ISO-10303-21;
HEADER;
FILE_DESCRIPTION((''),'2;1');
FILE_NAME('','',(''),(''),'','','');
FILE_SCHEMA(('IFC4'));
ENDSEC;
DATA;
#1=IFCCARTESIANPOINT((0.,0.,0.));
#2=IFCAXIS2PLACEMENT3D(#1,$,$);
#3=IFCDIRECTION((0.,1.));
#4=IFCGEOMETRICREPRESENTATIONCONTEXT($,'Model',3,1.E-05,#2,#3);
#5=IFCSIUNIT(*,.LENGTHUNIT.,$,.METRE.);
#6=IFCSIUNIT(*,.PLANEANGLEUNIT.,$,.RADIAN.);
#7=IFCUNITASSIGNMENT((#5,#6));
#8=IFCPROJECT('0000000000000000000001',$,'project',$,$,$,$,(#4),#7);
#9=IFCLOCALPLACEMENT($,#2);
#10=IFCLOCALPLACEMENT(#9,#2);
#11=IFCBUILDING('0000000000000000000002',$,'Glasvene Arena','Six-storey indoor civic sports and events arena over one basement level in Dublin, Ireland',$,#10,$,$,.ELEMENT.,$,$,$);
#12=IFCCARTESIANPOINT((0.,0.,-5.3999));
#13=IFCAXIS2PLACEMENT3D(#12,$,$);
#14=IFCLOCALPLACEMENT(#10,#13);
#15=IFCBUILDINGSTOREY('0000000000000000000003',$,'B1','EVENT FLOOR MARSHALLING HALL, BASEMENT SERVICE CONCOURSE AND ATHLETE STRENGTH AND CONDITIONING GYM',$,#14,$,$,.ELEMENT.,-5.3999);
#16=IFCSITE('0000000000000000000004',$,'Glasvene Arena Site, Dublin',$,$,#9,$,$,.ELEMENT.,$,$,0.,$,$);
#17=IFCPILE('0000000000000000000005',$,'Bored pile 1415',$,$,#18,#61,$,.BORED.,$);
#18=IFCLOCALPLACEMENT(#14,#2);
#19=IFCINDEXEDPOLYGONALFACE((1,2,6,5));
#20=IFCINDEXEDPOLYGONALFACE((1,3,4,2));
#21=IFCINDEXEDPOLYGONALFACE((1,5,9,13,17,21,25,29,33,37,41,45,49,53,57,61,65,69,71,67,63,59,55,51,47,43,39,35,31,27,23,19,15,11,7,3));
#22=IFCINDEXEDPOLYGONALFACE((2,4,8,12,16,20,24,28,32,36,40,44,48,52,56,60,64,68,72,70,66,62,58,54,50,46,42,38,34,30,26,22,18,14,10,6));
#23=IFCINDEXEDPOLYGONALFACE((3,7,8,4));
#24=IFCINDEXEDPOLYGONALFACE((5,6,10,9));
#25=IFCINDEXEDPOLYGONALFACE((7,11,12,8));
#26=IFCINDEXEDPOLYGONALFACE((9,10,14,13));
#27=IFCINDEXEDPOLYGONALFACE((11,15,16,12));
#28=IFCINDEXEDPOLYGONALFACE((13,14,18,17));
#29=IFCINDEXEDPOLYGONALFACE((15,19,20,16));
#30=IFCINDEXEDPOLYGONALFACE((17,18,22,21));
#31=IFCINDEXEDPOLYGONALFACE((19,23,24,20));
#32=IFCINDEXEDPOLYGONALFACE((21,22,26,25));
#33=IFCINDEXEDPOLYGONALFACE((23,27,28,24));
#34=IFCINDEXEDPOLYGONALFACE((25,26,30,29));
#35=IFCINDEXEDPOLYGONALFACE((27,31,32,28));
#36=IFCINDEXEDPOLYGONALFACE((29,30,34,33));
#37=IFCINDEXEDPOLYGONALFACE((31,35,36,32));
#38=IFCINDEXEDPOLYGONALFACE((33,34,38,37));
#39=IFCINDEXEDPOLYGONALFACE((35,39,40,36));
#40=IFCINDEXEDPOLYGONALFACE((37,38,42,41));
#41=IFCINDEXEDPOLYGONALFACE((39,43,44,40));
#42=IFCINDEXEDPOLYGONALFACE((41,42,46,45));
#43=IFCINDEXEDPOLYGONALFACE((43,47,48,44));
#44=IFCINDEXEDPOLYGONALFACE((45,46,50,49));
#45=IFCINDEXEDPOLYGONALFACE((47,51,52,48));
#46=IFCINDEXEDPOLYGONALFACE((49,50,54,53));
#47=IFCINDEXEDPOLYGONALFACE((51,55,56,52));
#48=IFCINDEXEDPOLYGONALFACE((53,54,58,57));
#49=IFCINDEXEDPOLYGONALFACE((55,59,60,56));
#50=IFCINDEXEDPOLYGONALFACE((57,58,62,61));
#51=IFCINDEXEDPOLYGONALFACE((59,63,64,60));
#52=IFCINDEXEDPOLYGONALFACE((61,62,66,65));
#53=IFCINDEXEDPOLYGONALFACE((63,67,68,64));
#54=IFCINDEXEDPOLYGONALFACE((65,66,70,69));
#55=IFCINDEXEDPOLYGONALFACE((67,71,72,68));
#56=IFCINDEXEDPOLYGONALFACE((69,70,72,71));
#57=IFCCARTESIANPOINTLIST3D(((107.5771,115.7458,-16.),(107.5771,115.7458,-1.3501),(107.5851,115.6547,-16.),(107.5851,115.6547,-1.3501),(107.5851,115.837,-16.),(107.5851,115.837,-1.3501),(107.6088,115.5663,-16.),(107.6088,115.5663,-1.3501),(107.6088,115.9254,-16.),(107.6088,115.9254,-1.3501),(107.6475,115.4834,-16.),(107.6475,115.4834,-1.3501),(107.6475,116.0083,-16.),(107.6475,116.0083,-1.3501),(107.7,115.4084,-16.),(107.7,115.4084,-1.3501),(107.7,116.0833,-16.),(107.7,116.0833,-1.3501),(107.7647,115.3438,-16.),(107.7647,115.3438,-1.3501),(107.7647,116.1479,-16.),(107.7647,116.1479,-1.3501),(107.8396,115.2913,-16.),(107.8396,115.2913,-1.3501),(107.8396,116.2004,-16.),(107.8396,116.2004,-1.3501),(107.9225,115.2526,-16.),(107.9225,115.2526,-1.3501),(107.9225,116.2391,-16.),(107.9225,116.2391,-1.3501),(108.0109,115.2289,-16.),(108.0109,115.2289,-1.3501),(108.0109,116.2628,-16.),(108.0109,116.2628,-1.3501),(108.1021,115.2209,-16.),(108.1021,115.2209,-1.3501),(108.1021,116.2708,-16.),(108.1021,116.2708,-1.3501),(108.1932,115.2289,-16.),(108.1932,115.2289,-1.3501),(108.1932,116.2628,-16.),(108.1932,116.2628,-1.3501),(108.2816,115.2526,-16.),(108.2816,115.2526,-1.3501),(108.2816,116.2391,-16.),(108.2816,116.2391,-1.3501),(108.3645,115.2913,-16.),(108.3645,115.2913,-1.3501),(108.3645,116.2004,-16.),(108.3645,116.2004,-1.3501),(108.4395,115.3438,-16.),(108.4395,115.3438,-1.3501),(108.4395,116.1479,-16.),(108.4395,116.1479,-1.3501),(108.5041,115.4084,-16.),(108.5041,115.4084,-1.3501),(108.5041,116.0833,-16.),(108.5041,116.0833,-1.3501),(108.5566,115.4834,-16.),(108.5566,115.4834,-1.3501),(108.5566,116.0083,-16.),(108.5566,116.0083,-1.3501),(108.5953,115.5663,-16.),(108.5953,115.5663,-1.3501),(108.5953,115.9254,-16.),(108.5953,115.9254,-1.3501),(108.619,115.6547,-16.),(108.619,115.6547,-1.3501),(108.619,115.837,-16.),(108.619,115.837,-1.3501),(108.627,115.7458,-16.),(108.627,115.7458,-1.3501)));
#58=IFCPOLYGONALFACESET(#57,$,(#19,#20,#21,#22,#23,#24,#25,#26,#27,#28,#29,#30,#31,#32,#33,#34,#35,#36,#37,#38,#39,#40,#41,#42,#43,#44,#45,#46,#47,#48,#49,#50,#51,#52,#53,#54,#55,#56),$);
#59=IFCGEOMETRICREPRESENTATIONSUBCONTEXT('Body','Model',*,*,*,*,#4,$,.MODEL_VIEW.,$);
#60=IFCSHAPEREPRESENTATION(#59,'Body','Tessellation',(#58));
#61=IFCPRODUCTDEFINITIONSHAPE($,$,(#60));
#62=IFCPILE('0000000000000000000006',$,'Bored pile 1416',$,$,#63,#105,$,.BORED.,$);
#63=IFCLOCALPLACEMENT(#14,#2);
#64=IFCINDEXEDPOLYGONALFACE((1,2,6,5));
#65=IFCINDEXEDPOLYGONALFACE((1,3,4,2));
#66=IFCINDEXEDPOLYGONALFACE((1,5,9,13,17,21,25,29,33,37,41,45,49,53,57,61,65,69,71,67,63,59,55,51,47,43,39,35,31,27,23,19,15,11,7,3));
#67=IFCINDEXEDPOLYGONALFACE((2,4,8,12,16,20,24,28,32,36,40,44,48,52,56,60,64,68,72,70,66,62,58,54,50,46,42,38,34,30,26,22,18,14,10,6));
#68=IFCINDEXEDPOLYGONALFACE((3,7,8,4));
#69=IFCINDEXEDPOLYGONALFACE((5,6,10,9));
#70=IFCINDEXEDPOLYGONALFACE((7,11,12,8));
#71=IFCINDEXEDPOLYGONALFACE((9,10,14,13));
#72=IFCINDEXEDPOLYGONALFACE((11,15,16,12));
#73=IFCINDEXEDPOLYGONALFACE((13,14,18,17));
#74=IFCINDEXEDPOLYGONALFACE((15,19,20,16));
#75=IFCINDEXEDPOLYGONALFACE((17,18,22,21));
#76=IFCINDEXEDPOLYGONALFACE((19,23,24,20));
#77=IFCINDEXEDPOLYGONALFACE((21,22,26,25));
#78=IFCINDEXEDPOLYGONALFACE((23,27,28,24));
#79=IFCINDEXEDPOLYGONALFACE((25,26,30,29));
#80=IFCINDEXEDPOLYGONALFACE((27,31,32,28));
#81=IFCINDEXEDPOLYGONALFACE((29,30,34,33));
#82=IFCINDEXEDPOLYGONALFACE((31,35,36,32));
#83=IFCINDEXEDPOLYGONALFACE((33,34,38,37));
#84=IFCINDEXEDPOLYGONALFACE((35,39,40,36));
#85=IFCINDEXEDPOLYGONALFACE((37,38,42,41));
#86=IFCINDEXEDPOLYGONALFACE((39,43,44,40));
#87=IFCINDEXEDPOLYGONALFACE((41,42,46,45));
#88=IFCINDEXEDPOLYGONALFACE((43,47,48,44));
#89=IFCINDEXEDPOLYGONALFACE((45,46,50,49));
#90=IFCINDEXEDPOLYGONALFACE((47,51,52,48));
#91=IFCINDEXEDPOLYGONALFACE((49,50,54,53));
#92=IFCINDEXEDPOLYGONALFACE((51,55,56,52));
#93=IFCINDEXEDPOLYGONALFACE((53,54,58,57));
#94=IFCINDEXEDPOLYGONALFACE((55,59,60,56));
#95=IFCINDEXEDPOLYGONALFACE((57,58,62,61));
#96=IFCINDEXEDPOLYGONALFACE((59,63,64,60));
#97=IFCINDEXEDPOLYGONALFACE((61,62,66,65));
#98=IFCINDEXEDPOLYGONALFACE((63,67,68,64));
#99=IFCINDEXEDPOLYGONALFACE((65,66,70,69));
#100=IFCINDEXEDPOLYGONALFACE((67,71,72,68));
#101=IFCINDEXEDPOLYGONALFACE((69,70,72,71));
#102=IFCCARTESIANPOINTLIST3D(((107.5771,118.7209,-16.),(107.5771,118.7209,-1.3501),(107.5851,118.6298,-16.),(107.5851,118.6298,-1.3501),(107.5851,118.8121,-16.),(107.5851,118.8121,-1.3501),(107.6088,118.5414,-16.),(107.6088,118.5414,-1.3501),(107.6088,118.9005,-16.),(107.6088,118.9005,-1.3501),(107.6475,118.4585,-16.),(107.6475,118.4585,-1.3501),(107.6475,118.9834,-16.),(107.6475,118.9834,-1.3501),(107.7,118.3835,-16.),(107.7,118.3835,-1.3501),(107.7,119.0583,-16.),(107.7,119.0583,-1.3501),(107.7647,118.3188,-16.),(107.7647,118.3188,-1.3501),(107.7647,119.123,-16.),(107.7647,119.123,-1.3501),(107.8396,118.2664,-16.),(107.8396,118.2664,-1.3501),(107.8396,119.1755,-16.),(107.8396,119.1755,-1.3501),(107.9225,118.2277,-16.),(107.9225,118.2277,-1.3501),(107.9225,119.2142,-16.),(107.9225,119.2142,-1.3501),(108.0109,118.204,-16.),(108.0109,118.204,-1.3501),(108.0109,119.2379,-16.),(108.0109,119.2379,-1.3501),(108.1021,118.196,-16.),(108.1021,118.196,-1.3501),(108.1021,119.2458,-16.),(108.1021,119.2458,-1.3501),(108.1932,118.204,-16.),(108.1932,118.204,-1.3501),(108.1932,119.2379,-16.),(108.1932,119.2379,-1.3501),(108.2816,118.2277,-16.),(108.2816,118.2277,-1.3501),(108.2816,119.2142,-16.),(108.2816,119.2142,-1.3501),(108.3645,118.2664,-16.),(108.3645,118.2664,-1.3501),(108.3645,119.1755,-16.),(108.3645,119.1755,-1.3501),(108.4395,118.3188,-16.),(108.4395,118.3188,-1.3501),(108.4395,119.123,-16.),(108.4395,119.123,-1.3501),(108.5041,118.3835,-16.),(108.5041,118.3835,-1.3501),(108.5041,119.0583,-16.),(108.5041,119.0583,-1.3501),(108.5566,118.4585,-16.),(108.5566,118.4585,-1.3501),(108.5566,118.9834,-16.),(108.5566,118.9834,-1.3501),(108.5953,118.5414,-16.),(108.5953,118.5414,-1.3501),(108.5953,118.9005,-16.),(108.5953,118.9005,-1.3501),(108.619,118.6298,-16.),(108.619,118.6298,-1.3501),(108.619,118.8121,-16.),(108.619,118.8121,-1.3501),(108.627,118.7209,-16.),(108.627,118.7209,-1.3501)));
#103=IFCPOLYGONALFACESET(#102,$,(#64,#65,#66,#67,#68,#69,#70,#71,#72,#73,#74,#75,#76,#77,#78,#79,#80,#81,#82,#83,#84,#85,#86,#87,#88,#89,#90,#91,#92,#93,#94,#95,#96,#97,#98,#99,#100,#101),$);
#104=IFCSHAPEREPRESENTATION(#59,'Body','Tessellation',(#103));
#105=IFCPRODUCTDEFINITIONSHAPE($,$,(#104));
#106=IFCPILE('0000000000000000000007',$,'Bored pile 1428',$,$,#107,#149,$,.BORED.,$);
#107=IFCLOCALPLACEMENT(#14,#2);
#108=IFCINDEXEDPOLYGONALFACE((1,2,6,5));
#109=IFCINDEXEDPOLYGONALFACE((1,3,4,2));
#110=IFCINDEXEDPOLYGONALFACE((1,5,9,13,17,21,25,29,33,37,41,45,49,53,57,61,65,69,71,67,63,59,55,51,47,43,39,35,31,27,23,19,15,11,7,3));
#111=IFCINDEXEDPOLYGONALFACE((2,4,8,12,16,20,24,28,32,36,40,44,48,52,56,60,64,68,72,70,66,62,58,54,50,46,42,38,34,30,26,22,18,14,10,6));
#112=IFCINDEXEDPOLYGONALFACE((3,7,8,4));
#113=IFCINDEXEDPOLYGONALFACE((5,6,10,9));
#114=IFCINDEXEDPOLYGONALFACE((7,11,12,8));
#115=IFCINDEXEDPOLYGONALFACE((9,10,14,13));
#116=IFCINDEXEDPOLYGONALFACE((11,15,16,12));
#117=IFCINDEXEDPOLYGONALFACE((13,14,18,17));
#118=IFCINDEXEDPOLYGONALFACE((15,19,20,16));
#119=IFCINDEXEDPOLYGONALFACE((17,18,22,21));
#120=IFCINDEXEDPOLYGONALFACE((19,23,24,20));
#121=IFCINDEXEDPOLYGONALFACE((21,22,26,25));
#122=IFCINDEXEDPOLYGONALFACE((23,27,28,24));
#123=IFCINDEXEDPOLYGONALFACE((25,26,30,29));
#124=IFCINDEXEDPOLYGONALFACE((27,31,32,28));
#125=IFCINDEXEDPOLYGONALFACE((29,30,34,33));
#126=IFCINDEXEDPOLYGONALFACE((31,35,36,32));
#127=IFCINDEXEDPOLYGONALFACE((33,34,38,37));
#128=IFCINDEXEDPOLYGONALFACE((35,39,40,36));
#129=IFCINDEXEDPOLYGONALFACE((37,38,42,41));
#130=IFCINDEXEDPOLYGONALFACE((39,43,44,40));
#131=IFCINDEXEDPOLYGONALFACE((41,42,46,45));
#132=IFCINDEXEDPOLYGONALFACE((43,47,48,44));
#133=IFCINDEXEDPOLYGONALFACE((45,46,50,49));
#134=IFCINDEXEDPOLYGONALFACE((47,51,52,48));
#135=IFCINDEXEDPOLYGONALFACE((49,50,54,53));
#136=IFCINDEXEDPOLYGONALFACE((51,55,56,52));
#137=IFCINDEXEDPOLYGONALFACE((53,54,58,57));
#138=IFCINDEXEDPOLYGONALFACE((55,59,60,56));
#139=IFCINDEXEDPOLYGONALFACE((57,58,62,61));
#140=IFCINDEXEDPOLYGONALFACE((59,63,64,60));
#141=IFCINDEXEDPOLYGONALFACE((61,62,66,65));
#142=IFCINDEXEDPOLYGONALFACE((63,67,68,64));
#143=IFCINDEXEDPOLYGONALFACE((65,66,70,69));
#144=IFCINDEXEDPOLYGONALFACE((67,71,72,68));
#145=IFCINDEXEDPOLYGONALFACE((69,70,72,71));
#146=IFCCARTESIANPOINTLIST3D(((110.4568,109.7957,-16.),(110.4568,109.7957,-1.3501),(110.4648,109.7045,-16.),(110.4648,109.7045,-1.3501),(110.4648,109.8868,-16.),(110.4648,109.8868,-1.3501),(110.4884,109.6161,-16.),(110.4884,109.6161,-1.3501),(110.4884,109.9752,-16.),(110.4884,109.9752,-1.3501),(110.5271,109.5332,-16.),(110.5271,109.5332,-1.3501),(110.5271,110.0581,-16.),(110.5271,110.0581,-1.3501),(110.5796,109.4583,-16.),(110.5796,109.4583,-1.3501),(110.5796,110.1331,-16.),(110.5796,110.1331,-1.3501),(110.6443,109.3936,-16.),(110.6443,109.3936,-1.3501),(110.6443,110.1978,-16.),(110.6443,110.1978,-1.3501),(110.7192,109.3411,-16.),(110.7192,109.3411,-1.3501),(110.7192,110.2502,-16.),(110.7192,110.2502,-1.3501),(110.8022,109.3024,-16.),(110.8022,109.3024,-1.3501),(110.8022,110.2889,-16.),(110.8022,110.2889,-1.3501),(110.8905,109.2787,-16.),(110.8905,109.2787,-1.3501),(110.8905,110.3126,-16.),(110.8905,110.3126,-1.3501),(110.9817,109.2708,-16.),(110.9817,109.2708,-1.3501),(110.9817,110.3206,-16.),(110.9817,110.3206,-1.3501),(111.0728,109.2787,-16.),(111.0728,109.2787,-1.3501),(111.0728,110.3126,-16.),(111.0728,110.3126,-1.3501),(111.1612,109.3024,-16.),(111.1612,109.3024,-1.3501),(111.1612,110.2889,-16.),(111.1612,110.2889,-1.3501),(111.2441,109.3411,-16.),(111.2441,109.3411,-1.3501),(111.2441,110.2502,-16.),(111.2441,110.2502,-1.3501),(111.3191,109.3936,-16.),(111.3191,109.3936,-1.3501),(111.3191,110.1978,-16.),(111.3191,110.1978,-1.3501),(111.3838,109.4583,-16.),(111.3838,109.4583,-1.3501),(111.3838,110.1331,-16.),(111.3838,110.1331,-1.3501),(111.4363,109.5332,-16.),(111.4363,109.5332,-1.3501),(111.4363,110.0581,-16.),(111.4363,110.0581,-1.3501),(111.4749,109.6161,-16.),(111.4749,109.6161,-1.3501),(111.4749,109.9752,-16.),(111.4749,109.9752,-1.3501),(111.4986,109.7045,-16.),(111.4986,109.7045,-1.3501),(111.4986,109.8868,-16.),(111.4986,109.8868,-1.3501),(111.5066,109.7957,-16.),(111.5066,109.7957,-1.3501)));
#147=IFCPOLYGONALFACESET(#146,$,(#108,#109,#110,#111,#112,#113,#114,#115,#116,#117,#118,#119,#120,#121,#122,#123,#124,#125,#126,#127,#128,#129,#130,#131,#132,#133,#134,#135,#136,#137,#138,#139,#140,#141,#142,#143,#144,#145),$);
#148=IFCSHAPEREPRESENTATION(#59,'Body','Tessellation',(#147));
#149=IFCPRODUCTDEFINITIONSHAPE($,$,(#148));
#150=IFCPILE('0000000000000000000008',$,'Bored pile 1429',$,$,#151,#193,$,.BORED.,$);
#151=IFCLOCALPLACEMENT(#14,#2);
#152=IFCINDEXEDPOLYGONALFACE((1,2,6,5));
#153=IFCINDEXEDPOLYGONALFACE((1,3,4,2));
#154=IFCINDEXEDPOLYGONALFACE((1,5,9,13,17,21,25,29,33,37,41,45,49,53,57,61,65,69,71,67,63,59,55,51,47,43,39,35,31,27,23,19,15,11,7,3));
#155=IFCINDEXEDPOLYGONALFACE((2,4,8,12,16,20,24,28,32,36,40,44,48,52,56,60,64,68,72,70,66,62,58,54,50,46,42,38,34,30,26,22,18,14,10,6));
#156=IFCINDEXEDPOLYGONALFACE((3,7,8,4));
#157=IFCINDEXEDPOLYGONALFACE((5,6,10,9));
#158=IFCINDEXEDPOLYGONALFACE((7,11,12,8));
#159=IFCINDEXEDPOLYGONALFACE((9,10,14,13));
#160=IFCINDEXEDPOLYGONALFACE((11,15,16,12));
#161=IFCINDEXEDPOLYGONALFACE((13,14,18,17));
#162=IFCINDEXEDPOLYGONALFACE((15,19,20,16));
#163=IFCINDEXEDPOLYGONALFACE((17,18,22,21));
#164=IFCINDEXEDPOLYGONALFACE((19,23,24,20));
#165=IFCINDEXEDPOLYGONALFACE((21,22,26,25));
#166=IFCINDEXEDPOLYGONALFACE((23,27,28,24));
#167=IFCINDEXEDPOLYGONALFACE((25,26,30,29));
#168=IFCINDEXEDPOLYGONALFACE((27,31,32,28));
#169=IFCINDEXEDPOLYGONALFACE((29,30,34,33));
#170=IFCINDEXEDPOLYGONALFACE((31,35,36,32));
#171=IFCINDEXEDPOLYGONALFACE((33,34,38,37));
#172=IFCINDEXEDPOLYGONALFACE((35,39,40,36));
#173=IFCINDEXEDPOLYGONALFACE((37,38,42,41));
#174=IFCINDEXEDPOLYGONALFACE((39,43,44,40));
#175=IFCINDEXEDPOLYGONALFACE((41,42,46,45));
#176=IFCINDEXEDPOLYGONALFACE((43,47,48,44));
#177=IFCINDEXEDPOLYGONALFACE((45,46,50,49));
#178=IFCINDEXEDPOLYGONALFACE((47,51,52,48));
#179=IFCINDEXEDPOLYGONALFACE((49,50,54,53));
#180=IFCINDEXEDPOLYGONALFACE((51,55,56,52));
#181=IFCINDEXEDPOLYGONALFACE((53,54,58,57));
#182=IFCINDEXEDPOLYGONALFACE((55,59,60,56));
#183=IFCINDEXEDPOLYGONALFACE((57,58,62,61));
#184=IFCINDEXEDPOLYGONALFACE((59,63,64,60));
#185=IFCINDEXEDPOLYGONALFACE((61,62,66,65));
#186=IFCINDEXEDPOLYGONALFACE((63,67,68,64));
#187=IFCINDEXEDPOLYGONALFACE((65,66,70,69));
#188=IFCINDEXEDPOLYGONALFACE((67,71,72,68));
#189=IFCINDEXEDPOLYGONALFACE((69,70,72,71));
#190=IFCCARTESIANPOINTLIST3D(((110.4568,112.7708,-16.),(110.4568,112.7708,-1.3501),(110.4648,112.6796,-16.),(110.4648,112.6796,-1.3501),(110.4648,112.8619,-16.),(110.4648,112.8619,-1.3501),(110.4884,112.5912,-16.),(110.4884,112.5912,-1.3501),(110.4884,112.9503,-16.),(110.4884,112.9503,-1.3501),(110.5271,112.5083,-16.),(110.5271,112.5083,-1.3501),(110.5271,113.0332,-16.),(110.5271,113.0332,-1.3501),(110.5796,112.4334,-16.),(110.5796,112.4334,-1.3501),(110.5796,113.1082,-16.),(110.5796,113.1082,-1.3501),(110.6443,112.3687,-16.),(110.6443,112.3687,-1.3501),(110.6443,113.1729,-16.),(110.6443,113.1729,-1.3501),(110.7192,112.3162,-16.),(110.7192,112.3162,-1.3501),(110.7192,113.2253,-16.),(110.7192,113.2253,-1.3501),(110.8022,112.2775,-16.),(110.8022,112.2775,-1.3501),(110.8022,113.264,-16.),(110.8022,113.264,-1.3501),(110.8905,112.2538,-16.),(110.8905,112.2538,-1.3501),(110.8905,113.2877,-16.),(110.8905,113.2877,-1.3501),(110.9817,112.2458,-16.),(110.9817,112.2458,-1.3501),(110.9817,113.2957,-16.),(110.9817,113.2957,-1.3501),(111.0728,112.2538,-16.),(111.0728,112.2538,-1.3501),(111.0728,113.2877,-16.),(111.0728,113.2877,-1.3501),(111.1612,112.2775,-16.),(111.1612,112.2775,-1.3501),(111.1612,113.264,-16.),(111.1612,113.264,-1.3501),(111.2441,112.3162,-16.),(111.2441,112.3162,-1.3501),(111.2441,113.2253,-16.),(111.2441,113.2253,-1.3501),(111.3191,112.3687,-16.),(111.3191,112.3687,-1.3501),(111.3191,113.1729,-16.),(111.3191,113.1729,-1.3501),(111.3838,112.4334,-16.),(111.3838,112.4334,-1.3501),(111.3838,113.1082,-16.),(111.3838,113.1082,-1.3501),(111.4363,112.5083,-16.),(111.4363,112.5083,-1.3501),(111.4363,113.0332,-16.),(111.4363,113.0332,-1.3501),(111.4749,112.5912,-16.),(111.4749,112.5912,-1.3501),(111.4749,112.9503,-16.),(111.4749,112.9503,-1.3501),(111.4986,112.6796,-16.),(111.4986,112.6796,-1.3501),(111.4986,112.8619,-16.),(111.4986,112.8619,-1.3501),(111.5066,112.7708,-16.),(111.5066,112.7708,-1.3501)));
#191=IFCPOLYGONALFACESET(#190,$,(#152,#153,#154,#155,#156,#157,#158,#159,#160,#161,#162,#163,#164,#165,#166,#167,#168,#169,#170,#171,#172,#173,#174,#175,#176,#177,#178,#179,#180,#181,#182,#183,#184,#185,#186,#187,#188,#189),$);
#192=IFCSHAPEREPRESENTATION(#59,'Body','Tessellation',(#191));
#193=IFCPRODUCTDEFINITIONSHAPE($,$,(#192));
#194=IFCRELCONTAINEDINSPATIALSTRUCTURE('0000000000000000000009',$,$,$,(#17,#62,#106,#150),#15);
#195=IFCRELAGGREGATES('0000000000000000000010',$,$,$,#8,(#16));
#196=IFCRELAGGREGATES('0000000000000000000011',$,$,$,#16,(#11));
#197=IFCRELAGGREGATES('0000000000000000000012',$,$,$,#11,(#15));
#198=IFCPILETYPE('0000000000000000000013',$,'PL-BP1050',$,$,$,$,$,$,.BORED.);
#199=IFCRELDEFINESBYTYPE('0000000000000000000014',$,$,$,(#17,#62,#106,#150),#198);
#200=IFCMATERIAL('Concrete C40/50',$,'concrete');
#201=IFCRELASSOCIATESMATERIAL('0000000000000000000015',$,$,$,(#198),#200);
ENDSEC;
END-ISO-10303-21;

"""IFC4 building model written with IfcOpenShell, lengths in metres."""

from ifc_helpers import new_model, si_unit, direction, frame, origin, origin_2d, place, context, subcontext, project, spatial, circle, extrude, material, material_profile, profile_set, type_object, element, save


model = new_model("IFC4")

# Units and contexts
model_context = context("Model", 3, precision=1e-05, world=origin(), true_north=direction((0.0, 1.0)))
body_context = subcontext(model_context, "Body", "Model", "MODEL_VIEW")
ifc_project = project(units=[si_unit("LENGTHUNIT", "METRE"), si_unit("PLANEANGLEUNIT", "RADIAN")], contexts=[model_context])

# Site, building, storey
site_placement = place(None, origin())
site = spatial("IfcSite", under=ifc_project, at=site_placement, Name="Glasvene Arena Site, Dublin", CompositionType="ELEMENT", RefElevation=0.0)
building_placement = place(site_placement, origin())
building = spatial("IfcBuilding", under=site, at=building_placement, Name="Glasvene Arena", Description="Six-storey indoor civic sports and events arena over one basement level in Dublin, Ireland", CompositionType="ELEMENT")
storey_placement = place(building_placement, frame((0.0, 0.0, -5.3999)))
storey = spatial("IfcBuildingStorey", under=building, at=storey_placement, Name="B1", Description="EVENT FLOOR MARSHALLING HALL, BASEMENT SERVICE CONCOURSE AND ATHLETE STRENGTH AND CONDITIONING GYM", CompositionType="ELEMENT", Elevation=-5.3999)

# Piles
ifc_material_1 = material(Name="Concrete C40/50", Category="concrete")
ifc_material_profile_1 = material_profile(ifc_material_1, circle(Radius=0.5249, at=origin_2d()), Name="BORED PILE 1050")
ifc_profile_set_1 = profile_set([ifc_material_profile_1], Name="Concrete C40/50")
pile_type = type_object("IfcPileType", Name="PL-BP1050", PredefinedType="BORED", material=ifc_profile_set_1)
for number, where, z_axis, x_axis, name in (
    (1, (108.1021, 115.7458, -1.3501), (0.0, 0.0, -1.0), (1.0, 0.0, 0.0), "Bored pile 1415"),
    (2, (108.1021, 118.7209, -1.3501), (0.0, 0.0, -1.0), (1.0, 0.0, 0.0), "Bored pile 1416"),
    (3, (110.9817, 109.7957, -1.3501), (0.0, 0.0, -1.0), (1.0, 0.0, 0.0), "Bored pile 1428"),
    (4, (110.9817, 112.7708, -1.3501), (0.0, 0.0, -1.0), (1.0, 0.0, 0.0), "Bored pile 1429"),
):
    element("IfcPile", number, at=place(storey_placement, frame(where, z_axis=z_axis, x_axis=x_axis)), inside=storey, type_object=pile_type, Name=name, PredefinedType="BORED", context=body_context, shape_type="SweptSolid", body=[
        extrude(circle(Radius=0.5249, at=origin_2d()), origin(), (0.0, 0.0, 1.0), 14.6499),
    ])

save(model, "model.ifc")
